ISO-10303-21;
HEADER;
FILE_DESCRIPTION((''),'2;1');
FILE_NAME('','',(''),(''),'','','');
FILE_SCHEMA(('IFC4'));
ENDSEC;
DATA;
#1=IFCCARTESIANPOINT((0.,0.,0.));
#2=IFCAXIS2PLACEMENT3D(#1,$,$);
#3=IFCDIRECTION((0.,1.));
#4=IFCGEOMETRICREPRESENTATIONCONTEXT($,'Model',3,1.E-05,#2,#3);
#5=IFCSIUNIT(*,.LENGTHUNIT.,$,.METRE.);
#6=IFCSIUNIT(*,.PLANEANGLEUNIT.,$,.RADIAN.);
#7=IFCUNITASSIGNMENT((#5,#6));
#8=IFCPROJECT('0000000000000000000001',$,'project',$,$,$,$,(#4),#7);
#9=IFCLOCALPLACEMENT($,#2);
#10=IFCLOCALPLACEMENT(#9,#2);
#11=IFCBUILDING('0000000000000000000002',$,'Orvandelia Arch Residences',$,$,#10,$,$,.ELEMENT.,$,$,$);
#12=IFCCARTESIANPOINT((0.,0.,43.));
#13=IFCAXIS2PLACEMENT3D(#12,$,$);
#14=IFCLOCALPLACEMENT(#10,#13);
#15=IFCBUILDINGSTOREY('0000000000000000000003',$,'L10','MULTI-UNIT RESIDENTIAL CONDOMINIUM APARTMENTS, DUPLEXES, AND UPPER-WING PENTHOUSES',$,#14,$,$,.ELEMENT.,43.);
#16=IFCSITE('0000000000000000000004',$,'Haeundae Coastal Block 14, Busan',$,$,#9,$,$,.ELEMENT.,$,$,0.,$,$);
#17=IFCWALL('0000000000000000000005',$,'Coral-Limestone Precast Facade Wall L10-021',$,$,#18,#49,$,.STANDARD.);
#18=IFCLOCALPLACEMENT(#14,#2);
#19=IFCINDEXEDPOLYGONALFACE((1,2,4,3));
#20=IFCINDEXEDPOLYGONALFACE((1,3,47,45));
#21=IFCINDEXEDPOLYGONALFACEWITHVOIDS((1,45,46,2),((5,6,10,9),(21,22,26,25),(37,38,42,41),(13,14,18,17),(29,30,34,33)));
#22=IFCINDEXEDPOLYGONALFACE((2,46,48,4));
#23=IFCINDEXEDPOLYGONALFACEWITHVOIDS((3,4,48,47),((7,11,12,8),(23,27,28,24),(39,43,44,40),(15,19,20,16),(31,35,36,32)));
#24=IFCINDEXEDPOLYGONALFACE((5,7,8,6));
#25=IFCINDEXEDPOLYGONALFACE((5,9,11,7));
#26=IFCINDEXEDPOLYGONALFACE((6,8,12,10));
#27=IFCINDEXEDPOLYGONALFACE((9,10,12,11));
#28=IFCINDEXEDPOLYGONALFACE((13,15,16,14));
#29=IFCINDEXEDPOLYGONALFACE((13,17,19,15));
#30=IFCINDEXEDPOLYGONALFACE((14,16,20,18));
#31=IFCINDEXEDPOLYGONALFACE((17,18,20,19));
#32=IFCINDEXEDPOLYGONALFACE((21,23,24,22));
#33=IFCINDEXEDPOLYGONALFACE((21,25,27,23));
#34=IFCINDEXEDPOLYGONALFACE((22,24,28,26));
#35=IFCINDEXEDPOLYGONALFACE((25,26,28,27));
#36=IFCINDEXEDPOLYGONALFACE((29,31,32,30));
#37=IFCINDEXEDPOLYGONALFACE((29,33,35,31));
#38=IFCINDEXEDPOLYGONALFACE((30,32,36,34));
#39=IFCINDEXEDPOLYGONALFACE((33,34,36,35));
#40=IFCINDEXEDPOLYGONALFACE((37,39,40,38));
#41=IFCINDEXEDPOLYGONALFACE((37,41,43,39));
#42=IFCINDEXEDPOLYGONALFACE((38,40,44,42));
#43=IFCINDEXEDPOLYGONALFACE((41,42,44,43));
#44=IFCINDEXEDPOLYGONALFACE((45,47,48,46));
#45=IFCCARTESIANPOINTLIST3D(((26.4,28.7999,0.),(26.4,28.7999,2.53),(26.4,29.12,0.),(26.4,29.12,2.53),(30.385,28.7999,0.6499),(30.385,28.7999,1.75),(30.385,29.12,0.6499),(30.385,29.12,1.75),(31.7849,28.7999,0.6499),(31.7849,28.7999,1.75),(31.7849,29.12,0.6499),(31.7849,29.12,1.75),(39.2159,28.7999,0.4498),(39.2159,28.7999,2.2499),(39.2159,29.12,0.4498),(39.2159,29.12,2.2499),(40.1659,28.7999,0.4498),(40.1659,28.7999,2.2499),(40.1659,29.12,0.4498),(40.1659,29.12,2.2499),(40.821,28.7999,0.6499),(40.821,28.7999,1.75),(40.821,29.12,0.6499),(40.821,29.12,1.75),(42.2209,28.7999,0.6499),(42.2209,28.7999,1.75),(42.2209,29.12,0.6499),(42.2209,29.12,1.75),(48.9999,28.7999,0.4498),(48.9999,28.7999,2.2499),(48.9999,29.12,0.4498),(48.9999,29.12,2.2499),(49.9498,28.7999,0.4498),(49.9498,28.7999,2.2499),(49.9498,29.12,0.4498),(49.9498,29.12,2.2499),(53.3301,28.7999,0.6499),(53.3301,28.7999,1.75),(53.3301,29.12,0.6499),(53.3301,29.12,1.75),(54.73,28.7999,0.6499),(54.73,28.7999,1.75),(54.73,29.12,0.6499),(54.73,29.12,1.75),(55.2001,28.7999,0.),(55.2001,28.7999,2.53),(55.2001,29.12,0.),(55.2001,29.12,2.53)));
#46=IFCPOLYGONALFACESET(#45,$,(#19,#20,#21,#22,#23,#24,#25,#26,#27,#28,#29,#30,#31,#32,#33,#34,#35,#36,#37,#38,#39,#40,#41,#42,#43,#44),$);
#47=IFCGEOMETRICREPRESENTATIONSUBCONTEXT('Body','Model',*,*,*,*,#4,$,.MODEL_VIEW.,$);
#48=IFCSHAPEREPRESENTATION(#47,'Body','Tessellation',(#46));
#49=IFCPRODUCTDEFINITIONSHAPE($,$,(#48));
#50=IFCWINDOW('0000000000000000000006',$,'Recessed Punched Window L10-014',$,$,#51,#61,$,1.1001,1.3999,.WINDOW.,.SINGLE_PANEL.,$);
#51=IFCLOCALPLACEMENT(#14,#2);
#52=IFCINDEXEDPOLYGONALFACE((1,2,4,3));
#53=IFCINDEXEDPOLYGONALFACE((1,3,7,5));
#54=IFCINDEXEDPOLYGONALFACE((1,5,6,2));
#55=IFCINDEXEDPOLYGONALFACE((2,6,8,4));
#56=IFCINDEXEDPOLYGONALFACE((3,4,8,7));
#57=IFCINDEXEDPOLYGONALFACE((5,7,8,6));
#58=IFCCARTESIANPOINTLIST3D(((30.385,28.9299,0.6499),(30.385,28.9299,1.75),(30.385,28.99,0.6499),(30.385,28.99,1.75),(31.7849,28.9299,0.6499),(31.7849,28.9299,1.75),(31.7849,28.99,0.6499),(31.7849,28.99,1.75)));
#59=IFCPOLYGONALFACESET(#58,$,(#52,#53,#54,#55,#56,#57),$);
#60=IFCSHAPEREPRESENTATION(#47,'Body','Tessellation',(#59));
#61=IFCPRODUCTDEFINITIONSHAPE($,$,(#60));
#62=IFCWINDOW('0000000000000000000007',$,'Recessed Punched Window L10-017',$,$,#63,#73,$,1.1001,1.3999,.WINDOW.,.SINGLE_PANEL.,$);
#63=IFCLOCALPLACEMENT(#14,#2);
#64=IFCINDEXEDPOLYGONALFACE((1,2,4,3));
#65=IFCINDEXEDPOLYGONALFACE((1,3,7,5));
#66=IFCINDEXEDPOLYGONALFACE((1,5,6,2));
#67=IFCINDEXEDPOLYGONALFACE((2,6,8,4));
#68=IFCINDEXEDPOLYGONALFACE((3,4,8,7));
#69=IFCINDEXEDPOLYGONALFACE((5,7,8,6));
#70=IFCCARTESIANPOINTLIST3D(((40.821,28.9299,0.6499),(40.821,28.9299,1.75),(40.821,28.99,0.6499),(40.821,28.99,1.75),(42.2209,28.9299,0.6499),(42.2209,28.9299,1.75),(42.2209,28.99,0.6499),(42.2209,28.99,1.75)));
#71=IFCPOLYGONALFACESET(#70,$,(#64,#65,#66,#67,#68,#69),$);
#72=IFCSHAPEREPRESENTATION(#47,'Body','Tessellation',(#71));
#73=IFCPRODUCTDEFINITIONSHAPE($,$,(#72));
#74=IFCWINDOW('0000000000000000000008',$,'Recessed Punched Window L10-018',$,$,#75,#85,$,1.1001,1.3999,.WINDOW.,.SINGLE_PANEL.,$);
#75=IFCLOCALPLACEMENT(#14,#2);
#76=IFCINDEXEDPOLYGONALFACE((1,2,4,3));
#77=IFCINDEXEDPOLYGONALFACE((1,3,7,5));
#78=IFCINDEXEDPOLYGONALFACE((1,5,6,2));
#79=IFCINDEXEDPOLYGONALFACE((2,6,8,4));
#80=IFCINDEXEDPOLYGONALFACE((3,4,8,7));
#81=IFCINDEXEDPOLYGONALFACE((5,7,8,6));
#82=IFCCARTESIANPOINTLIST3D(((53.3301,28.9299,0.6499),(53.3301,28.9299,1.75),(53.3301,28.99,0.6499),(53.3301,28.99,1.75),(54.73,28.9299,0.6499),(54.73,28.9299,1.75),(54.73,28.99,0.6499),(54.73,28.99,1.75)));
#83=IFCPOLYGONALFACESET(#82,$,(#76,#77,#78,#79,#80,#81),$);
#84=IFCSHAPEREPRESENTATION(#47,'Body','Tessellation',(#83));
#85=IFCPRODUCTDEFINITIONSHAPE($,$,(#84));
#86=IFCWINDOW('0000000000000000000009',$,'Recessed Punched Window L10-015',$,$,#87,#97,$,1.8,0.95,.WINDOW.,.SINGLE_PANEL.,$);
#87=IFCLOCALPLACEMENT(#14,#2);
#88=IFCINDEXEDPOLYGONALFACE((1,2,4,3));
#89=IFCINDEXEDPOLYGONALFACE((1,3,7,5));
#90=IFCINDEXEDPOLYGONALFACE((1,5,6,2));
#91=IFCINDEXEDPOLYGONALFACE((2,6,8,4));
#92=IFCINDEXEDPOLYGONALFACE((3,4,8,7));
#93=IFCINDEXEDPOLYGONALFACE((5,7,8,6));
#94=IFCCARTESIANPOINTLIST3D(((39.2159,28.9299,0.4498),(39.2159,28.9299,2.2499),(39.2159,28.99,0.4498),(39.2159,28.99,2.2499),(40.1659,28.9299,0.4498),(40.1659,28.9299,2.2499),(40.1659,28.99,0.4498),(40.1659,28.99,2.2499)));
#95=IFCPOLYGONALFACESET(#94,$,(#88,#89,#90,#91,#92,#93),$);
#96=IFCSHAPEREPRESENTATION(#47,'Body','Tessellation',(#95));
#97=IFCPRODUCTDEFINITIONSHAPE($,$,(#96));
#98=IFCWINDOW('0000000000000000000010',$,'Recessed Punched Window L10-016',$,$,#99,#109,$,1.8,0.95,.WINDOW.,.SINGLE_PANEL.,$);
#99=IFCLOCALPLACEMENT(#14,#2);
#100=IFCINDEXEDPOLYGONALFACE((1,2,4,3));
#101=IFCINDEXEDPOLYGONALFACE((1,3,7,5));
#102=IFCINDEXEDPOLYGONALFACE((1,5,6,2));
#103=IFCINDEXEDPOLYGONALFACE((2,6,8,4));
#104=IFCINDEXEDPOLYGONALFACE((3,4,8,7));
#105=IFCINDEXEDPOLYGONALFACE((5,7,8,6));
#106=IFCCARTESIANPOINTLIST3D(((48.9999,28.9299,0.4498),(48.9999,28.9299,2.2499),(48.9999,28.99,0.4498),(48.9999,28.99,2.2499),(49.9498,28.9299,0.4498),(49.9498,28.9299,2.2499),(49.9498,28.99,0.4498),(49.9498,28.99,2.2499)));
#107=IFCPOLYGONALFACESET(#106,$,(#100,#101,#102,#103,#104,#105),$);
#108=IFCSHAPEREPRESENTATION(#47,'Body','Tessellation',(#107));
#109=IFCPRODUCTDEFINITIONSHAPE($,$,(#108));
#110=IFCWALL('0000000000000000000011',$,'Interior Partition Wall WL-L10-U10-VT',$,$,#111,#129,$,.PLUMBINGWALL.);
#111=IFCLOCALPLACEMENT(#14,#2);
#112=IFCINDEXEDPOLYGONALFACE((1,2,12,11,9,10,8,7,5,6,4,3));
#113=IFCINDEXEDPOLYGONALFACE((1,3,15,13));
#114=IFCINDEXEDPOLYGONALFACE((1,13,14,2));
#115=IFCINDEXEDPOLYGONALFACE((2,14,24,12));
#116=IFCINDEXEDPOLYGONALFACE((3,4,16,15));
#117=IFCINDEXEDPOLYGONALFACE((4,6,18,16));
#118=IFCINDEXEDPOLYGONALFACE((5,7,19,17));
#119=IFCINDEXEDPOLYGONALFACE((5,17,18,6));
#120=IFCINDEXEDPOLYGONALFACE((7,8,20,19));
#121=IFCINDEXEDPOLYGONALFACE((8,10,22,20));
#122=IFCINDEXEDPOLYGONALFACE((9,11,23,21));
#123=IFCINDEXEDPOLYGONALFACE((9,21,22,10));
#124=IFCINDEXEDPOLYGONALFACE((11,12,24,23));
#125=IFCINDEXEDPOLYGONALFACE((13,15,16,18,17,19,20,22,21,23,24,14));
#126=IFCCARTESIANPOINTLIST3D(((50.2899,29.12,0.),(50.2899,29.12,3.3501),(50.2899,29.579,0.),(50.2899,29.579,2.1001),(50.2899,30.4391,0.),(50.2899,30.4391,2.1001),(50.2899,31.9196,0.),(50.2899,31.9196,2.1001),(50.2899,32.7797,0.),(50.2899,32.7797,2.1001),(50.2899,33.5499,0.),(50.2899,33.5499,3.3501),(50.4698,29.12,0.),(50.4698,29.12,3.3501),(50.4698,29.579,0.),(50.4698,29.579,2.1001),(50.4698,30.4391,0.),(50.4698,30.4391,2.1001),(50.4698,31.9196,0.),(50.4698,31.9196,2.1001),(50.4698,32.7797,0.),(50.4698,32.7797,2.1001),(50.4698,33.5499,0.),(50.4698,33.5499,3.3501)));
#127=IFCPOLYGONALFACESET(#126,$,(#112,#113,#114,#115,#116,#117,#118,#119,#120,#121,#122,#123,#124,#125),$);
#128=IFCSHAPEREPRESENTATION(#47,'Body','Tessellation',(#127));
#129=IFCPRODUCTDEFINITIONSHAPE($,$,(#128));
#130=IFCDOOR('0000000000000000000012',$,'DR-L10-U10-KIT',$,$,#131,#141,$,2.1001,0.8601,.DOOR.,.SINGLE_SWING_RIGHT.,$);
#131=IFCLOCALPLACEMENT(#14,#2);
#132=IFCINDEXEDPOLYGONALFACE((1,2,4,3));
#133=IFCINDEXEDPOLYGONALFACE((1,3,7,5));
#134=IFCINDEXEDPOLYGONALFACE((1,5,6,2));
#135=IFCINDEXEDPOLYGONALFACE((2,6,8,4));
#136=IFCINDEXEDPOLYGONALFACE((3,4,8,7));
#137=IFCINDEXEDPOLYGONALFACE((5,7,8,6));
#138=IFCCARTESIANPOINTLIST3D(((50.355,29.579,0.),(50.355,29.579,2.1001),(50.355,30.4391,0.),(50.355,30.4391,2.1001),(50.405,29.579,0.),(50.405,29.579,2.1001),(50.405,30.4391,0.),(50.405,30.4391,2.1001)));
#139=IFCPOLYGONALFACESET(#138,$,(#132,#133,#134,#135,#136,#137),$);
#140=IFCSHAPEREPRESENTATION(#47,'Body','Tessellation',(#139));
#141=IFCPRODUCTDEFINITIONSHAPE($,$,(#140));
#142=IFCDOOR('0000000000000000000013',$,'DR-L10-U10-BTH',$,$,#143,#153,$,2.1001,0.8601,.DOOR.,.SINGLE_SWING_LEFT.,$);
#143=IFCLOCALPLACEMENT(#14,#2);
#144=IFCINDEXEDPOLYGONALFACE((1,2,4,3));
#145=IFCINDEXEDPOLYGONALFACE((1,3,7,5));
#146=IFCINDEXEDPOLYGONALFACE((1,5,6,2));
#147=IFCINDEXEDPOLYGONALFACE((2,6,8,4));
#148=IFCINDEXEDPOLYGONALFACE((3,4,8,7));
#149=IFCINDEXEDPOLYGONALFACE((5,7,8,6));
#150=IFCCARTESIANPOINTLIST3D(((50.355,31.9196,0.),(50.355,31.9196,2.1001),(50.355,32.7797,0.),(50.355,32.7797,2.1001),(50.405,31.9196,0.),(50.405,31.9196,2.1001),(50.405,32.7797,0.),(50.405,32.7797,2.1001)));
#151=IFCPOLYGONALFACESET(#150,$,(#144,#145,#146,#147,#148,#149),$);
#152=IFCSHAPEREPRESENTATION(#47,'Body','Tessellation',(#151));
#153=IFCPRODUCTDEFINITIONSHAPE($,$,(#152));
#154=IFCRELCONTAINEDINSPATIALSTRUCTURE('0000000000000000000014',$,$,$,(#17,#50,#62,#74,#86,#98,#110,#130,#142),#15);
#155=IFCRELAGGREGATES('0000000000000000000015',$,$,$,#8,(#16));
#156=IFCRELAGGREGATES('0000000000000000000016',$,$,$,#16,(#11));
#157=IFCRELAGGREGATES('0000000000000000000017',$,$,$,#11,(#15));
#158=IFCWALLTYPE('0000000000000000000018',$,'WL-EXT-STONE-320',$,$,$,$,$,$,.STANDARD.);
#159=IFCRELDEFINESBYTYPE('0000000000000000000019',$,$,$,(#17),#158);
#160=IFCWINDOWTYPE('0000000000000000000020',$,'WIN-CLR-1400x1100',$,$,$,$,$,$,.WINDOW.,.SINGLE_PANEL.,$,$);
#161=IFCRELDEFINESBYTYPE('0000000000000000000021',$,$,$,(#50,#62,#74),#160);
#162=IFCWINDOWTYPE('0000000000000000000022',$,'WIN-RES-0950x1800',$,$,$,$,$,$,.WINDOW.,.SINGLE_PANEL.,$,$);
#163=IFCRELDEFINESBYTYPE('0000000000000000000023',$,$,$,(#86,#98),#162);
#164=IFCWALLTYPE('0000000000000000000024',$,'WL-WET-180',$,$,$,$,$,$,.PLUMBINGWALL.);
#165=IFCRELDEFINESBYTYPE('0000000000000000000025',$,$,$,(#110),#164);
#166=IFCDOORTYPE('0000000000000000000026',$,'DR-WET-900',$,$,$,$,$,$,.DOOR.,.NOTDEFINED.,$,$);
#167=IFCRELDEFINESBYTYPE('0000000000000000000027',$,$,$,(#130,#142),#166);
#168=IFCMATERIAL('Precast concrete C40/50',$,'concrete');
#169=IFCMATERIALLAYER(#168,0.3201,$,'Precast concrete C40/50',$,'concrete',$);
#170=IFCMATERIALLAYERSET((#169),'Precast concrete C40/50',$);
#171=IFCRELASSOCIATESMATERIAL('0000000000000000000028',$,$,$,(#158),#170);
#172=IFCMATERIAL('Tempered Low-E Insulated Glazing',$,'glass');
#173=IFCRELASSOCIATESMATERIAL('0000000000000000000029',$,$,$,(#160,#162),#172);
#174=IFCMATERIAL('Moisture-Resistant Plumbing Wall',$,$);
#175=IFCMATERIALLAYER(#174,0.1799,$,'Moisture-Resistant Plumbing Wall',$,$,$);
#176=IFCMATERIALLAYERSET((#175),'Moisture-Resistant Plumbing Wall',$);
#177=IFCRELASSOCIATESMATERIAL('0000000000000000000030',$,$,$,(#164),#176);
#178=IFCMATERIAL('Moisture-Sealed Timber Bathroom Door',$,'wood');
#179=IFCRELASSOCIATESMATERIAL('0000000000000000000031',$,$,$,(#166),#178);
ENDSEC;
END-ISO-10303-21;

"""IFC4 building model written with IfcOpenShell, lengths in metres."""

from ifc_helpers import new_model, si_unit, direction, frame, frame_2d, origin, place, context, subcontext, project, spatial, rectangle, extrude, material, layer, layer_set, type_object, element, fill, save


model = new_model("IFC4")

# Units and contexts
model_context = context("Model", 3, precision=1e-05, world=origin(), true_north=direction((0.0, 1.0)))
body_context = subcontext(model_context, "Body", "Model", "MODEL_VIEW")
ifc_project = project(units=[si_unit("LENGTHUNIT", "METRE"), si_unit("PLANEANGLEUNIT", "RADIAN")], contexts=[model_context])

# Site, building, storey
site_placement = place(None, origin())
site = spatial("IfcSite", under=ifc_project, at=site_placement, Name="Haeundae Coastal Block 14, Busan", CompositionType="ELEMENT", RefElevation=0.0)
building_placement = place(site_placement, origin())
building = spatial("IfcBuilding", under=site, at=building_placement, Name="Orvandelia Arch Residences", CompositionType="ELEMENT")
storey_placement = place(building_placement, frame((0.0, 0.0, 43.0)))
storey = spatial("IfcBuildingStorey", under=building, at=storey_placement, Name="L10", Description="MULTI-UNIT RESIDENTIAL CONDOMINIUM APARTMENTS, DUPLEXES, AND UPPER-WING PENTHOUSES", CompositionType="ELEMENT", Elevation=43.0)

# Shared definitions
ifc_material_1 = material(Name="Precast concrete C40/50", Category="concrete")
ifc_layer_1 = layer(ifc_material_1, 0.3201, Name="Precast concrete C40/50", Category="concrete")
ifc_layer_set_1 = layer_set([ifc_layer_1], Name="Precast concrete C40/50")
wall_type_1 = type_object("IfcWallType", Name="WL-EXT-STONE-320", PredefinedType="STANDARD", material=ifc_layer_set_1)

# Wall, openings, windows
wall_1_placement = place(storey_placement, frame((55.2, 28.96, 0.0), z_axis=(0.0, 0.0, 1.0), x_axis=(-1.0, 0.0, 0.0)))
wall_1 = element("IfcWall", 1, at=wall_1_placement, inside=storey, type_object=wall_type_1, Name="Coral-Limestone Precast Facade Wall L10-021", PredefinedType="STANDARD", context=body_context, shape_type="SweptSolid", body=[
    extrude(rectangle(XDim=28.8, YDim=0.3201, at=frame_2d((14.3999, 0.0))), origin(), (0.0, 0.0, 1.0), 2.53),
])
opening_1_placement = place(wall_1_placement, frame((23.415, 0.0, 0.6499)))
opening_1 = element("IfcOpeningElement", 2, at=opening_1_placement, cuts=wall_1, PredefinedType="OPENING", context=body_context, shape_type="SweptSolid", body=[
    extrude(rectangle(XDim=1.3999, YDim=1.1001, at=frame_2d((0.7, 0.55))), frame((0.0, 0.1699, 0.0), z_axis=(0.0, -1.0, 0.0), x_axis=(1.0, 0.0, 0.0)), (0.0, 0.0, 1.0), 0.3401),
])
opening_2_placement = place(wall_1_placement, frame((15.0339, 0.0, 0.45)))
opening_2 = element("IfcOpeningElement", 3, at=opening_2_placement, cuts=wall_1, PredefinedType="OPENING", context=body_context, shape_type="SweptSolid", body=[
    extrude(rectangle(XDim=0.95, YDim=1.8, at=frame_2d((0.4751, 0.8999))), frame((0.0, 0.1699, 0.0), z_axis=(0.0, -1.0, 0.0), x_axis=(1.0, 0.0, 0.0)), (0.0, 0.0, 1.0), 0.3401),
])
opening_3_placement = place(wall_1_placement, frame((5.25, 0.0, 0.45)))
opening_3 = element("IfcOpeningElement", 4, at=opening_3_placement, cuts=wall_1, PredefinedType="OPENING", context=body_context, shape_type="SweptSolid", body=[
    extrude(rectangle(XDim=0.95, YDim=1.8, at=frame_2d((0.4751, 0.8999))), frame((0.0, 0.1699, 0.0), z_axis=(0.0, -1.0, 0.0), x_axis=(1.0, 0.0, 0.0)), (0.0, 0.0, 1.0), 0.3401),
])
opening_4_placement = place(wall_1_placement, frame((12.979, 0.0, 0.6499)))
opening_4 = element("IfcOpeningElement", 5, at=opening_4_placement, cuts=wall_1, PredefinedType="OPENING", context=body_context, shape_type="SweptSolid", body=[
    extrude(rectangle(XDim=1.3999, YDim=1.1001, at=frame_2d((0.7, 0.55))), frame((0.0, 0.1699, 0.0), z_axis=(0.0, -1.0, 0.0), x_axis=(1.0, 0.0, 0.0)), (0.0, 0.0, 1.0), 0.3401),
])
opening_5_placement = place(wall_1_placement, frame((0.47, 0.0, 0.6499)))
opening_5 = element("IfcOpeningElement", 6, at=opening_5_placement, cuts=wall_1, PredefinedType="OPENING", context=body_context, shape_type="SweptSolid", body=[
    extrude(rectangle(XDim=1.3999, YDim=1.1001, at=frame_2d((0.7, 0.55))), frame((0.0, 0.1699, 0.0), z_axis=(0.0, -1.0, 0.0), x_axis=(1.0, 0.0, 0.0)), (0.0, 0.0, 1.0), 0.3401),
])
ifc_material_2 = material(Name="Tempered Low-E Insulated Glazing", Category="glass")
window_type_1 = type_object("IfcWindowType", Name="WIN-CLR-1400x1100", PartitioningType="SINGLE_PANEL", PredefinedType="WINDOW", material=ifc_material_2)
window_1_placement = place(opening_1_placement, origin())
window_1 = element("IfcWindow", 7, at=window_1_placement, inside=storey, type_object=window_type_1, Name="Recessed Punched Window L10-014", OverallHeight=1.1001, OverallWidth=1.3999, PartitioningType="SINGLE_PANEL", PredefinedType="WINDOW", context=body_context, shape_type="SweptSolid", body=[
    extrude(rectangle(XDim=1.3999, YDim=1.1001, at=frame_2d((0.7, 0.55))), frame((0.0, 0.03, 0.0), z_axis=(0.0, -1.0, 0.0), x_axis=(1.0, 0.0, 0.0)), (0.0, 0.0, 1.0), 0.0601),
])
fill(opening_1, window_1)
window_2_placement = place(opening_4_placement, origin())
window_2 = element("IfcWindow", 8, at=window_2_placement, inside=storey, type_object=window_type_1, Name="Recessed Punched Window L10-017", OverallHeight=1.1001, OverallWidth=1.3999, PartitioningType="SINGLE_PANEL", PredefinedType="WINDOW", context=body_context, shape_type="SweptSolid", body=[
    extrude(rectangle(XDim=1.3999, YDim=1.1001, at=frame_2d((0.7, 0.55))), frame((0.0, 0.03, 0.0), z_axis=(0.0, -1.0, 0.0), x_axis=(1.0, 0.0, 0.0)), (0.0, 0.0, 1.0), 0.0601),
])
fill(opening_4, window_2)
window_3_placement = place(opening_5_placement, origin())
window_3 = element("IfcWindow", 9, at=window_3_placement, inside=storey, type_object=window_type_1, Name="Recessed Punched Window L10-018", OverallHeight=1.1001, OverallWidth=1.3999, PartitioningType="SINGLE_PANEL", PredefinedType="WINDOW", context=body_context, shape_type="SweptSolid", body=[
    extrude(rectangle(XDim=1.3999, YDim=1.1001, at=frame_2d((0.7, 0.55))), frame((0.0, 0.03, 0.0), z_axis=(0.0, -1.0, 0.0), x_axis=(1.0, 0.0, 0.0)), (0.0, 0.0, 1.0), 0.0601),
])
fill(opening_5, window_3)
window_type_2 = type_object("IfcWindowType", Name="WIN-RES-0950x1800", PartitioningType="SINGLE_PANEL", PredefinedType="WINDOW", material=ifc_material_2)
window_4_placement = place(opening_2_placement, origin())
window_4 = element("IfcWindow", 10, at=window_4_placement, inside=storey, type_object=window_type_2, Name="Recessed Punched Window L10-015", OverallHeight=1.8, OverallWidth=0.95, PartitioningType="SINGLE_PANEL", PredefinedType="WINDOW", context=body_context, shape_type="SweptSolid", body=[
    extrude(rectangle(XDim=0.95, YDim=1.8, at=frame_2d((0.4751, 0.8999))), frame((0.0, 0.03, 0.0), z_axis=(0.0, -1.0, 0.0), x_axis=(1.0, 0.0, 0.0)), (0.0, 0.0, 1.0), 0.0601),
])
fill(opening_2, window_4)
window_5_placement = place(opening_3_placement, origin())
window_5 = element("IfcWindow", 11, at=window_5_placement, inside=storey, type_object=window_type_2, Name="Recessed Punched Window L10-016", OverallHeight=1.8, OverallWidth=0.95, PartitioningType="SINGLE_PANEL", PredefinedType="WINDOW", context=body_context, shape_type="SweptSolid", body=[
    extrude(rectangle(XDim=0.95, YDim=1.8, at=frame_2d((0.4751, 0.8999))), frame((0.0, 0.03, 0.0), z_axis=(0.0, -1.0, 0.0), x_axis=(1.0, 0.0, 0.0)), (0.0, 0.0, 1.0), 0.0601),
])
fill(opening_3, window_5)

# Wall, openings, doors
ifc_material_3 = material(Name="Moisture-Resistant Plumbing Wall")
ifc_layer_2 = layer(ifc_material_3, 0.1799, Name="Moisture-Resistant Plumbing Wall")
ifc_layer_set_2 = layer_set([ifc_layer_2], Name="Moisture-Resistant Plumbing Wall")
wall_type_2 = type_object("IfcWallType", Name="WL-WET-180", PredefinedType="PLUMBINGWALL", material=ifc_layer_set_2)
wall_2_placement = place(storey_placement, frame((50.3799, 29.1201, 0.0), z_axis=(0.0, 0.0, 1.0), x_axis=(0.0, 1.0, 0.0)))
wall_2 = element("IfcWall", 12, at=wall_2_placement, inside=storey, type_object=wall_type_2, Name="Interior Partition Wall WL-L10-U10-VT", PredefinedType="PLUMBINGWALL", context=body_context, shape_type="SweptSolid", body=[
    extrude(rectangle(XDim=4.4299, YDim=0.1799, at=frame_2d((2.2148, 0.0))), origin(), (0.0, 0.0, 1.0), 3.3501),
])
opening_6_placement = place(wall_2_placement, frame((0.4587, 0.0, 0.0)))
opening_6 = element("IfcOpeningElement", 13, at=opening_6_placement, cuts=wall_2, PredefinedType="OPENING", context=body_context, shape_type="SweptSolid", body=[
    extrude(rectangle(XDim=0.8601, YDim=2.1001, at=frame_2d((0.4302, 1.05))), frame((0.0, 0.1001, 0.0), z_axis=(0.0, -1.0, 0.0), x_axis=(1.0, 0.0, 0.0)), (0.0, 0.0, 1.0), 0.2),
])
opening_7_placement = place(wall_2_placement, frame((2.7993, 0.0, 0.0)))
opening_7 = element("IfcOpeningElement", 14, at=opening_7_placement, cuts=wall_2, PredefinedType="OPENING", context=body_context, shape_type="SweptSolid", body=[
    extrude(rectangle(XDim=0.8601, YDim=2.1001, at=frame_2d((0.4302, 1.05))), frame((0.0, 0.1001, 0.0), z_axis=(0.0, -1.0, 0.0), x_axis=(1.0, 0.0, 0.0)), (0.0, 0.0, 1.0), 0.2),
])
ifc_material_4 = material(Name="Moisture-Sealed Timber Bathroom Door", Category="wood")
door_type = type_object("IfcDoorType", Name="DR-WET-900", OperationType="NOTDEFINED", PredefinedType="DOOR", material=ifc_material_4)
door_1_placement = place(opening_6_placement, origin())
door_1 = element("IfcDoor", 15, at=door_1_placement, inside=storey, type_object=door_type, Name="DR-L10-U10-KIT", OperationType="SINGLE_SWING_RIGHT", OverallHeight=2.1001, OverallWidth=0.8601, PredefinedType="DOOR", context=body_context, shape_type="SweptSolid", body=[
    extrude(rectangle(XDim=0.8601, YDim=2.1001, at=frame_2d((0.4302, 1.05))), frame((0.0, 0.0249, 0.0), z_axis=(0.0, -1.0, 0.0), x_axis=(1.0, 0.0, 0.0)), (0.0, 0.0, 1.0), 0.05),
])
fill(opening_6, door_1)
door_2_placement = place(opening_7_placement, origin())
door_2 = element("IfcDoor", 16, at=door_2_placement, inside=storey, type_object=door_type, Name="DR-L10-U10-BTH", OperationType="SINGLE_SWING_LEFT", OverallHeight=2.1001, OverallWidth=0.8601, PredefinedType="DOOR", context=body_context, shape_type="SweptSolid", body=[
    extrude(rectangle(XDim=0.8601, YDim=2.1001, at=frame_2d((0.4302, 1.05))), frame((0.0, 0.0249, 0.0), z_axis=(0.0, -1.0, 0.0), x_axis=(1.0, 0.0, 0.0)), (0.0, 0.0, 1.0), 0.05),
])
fill(opening_7, door_2)

save(model, "model.ifc")
